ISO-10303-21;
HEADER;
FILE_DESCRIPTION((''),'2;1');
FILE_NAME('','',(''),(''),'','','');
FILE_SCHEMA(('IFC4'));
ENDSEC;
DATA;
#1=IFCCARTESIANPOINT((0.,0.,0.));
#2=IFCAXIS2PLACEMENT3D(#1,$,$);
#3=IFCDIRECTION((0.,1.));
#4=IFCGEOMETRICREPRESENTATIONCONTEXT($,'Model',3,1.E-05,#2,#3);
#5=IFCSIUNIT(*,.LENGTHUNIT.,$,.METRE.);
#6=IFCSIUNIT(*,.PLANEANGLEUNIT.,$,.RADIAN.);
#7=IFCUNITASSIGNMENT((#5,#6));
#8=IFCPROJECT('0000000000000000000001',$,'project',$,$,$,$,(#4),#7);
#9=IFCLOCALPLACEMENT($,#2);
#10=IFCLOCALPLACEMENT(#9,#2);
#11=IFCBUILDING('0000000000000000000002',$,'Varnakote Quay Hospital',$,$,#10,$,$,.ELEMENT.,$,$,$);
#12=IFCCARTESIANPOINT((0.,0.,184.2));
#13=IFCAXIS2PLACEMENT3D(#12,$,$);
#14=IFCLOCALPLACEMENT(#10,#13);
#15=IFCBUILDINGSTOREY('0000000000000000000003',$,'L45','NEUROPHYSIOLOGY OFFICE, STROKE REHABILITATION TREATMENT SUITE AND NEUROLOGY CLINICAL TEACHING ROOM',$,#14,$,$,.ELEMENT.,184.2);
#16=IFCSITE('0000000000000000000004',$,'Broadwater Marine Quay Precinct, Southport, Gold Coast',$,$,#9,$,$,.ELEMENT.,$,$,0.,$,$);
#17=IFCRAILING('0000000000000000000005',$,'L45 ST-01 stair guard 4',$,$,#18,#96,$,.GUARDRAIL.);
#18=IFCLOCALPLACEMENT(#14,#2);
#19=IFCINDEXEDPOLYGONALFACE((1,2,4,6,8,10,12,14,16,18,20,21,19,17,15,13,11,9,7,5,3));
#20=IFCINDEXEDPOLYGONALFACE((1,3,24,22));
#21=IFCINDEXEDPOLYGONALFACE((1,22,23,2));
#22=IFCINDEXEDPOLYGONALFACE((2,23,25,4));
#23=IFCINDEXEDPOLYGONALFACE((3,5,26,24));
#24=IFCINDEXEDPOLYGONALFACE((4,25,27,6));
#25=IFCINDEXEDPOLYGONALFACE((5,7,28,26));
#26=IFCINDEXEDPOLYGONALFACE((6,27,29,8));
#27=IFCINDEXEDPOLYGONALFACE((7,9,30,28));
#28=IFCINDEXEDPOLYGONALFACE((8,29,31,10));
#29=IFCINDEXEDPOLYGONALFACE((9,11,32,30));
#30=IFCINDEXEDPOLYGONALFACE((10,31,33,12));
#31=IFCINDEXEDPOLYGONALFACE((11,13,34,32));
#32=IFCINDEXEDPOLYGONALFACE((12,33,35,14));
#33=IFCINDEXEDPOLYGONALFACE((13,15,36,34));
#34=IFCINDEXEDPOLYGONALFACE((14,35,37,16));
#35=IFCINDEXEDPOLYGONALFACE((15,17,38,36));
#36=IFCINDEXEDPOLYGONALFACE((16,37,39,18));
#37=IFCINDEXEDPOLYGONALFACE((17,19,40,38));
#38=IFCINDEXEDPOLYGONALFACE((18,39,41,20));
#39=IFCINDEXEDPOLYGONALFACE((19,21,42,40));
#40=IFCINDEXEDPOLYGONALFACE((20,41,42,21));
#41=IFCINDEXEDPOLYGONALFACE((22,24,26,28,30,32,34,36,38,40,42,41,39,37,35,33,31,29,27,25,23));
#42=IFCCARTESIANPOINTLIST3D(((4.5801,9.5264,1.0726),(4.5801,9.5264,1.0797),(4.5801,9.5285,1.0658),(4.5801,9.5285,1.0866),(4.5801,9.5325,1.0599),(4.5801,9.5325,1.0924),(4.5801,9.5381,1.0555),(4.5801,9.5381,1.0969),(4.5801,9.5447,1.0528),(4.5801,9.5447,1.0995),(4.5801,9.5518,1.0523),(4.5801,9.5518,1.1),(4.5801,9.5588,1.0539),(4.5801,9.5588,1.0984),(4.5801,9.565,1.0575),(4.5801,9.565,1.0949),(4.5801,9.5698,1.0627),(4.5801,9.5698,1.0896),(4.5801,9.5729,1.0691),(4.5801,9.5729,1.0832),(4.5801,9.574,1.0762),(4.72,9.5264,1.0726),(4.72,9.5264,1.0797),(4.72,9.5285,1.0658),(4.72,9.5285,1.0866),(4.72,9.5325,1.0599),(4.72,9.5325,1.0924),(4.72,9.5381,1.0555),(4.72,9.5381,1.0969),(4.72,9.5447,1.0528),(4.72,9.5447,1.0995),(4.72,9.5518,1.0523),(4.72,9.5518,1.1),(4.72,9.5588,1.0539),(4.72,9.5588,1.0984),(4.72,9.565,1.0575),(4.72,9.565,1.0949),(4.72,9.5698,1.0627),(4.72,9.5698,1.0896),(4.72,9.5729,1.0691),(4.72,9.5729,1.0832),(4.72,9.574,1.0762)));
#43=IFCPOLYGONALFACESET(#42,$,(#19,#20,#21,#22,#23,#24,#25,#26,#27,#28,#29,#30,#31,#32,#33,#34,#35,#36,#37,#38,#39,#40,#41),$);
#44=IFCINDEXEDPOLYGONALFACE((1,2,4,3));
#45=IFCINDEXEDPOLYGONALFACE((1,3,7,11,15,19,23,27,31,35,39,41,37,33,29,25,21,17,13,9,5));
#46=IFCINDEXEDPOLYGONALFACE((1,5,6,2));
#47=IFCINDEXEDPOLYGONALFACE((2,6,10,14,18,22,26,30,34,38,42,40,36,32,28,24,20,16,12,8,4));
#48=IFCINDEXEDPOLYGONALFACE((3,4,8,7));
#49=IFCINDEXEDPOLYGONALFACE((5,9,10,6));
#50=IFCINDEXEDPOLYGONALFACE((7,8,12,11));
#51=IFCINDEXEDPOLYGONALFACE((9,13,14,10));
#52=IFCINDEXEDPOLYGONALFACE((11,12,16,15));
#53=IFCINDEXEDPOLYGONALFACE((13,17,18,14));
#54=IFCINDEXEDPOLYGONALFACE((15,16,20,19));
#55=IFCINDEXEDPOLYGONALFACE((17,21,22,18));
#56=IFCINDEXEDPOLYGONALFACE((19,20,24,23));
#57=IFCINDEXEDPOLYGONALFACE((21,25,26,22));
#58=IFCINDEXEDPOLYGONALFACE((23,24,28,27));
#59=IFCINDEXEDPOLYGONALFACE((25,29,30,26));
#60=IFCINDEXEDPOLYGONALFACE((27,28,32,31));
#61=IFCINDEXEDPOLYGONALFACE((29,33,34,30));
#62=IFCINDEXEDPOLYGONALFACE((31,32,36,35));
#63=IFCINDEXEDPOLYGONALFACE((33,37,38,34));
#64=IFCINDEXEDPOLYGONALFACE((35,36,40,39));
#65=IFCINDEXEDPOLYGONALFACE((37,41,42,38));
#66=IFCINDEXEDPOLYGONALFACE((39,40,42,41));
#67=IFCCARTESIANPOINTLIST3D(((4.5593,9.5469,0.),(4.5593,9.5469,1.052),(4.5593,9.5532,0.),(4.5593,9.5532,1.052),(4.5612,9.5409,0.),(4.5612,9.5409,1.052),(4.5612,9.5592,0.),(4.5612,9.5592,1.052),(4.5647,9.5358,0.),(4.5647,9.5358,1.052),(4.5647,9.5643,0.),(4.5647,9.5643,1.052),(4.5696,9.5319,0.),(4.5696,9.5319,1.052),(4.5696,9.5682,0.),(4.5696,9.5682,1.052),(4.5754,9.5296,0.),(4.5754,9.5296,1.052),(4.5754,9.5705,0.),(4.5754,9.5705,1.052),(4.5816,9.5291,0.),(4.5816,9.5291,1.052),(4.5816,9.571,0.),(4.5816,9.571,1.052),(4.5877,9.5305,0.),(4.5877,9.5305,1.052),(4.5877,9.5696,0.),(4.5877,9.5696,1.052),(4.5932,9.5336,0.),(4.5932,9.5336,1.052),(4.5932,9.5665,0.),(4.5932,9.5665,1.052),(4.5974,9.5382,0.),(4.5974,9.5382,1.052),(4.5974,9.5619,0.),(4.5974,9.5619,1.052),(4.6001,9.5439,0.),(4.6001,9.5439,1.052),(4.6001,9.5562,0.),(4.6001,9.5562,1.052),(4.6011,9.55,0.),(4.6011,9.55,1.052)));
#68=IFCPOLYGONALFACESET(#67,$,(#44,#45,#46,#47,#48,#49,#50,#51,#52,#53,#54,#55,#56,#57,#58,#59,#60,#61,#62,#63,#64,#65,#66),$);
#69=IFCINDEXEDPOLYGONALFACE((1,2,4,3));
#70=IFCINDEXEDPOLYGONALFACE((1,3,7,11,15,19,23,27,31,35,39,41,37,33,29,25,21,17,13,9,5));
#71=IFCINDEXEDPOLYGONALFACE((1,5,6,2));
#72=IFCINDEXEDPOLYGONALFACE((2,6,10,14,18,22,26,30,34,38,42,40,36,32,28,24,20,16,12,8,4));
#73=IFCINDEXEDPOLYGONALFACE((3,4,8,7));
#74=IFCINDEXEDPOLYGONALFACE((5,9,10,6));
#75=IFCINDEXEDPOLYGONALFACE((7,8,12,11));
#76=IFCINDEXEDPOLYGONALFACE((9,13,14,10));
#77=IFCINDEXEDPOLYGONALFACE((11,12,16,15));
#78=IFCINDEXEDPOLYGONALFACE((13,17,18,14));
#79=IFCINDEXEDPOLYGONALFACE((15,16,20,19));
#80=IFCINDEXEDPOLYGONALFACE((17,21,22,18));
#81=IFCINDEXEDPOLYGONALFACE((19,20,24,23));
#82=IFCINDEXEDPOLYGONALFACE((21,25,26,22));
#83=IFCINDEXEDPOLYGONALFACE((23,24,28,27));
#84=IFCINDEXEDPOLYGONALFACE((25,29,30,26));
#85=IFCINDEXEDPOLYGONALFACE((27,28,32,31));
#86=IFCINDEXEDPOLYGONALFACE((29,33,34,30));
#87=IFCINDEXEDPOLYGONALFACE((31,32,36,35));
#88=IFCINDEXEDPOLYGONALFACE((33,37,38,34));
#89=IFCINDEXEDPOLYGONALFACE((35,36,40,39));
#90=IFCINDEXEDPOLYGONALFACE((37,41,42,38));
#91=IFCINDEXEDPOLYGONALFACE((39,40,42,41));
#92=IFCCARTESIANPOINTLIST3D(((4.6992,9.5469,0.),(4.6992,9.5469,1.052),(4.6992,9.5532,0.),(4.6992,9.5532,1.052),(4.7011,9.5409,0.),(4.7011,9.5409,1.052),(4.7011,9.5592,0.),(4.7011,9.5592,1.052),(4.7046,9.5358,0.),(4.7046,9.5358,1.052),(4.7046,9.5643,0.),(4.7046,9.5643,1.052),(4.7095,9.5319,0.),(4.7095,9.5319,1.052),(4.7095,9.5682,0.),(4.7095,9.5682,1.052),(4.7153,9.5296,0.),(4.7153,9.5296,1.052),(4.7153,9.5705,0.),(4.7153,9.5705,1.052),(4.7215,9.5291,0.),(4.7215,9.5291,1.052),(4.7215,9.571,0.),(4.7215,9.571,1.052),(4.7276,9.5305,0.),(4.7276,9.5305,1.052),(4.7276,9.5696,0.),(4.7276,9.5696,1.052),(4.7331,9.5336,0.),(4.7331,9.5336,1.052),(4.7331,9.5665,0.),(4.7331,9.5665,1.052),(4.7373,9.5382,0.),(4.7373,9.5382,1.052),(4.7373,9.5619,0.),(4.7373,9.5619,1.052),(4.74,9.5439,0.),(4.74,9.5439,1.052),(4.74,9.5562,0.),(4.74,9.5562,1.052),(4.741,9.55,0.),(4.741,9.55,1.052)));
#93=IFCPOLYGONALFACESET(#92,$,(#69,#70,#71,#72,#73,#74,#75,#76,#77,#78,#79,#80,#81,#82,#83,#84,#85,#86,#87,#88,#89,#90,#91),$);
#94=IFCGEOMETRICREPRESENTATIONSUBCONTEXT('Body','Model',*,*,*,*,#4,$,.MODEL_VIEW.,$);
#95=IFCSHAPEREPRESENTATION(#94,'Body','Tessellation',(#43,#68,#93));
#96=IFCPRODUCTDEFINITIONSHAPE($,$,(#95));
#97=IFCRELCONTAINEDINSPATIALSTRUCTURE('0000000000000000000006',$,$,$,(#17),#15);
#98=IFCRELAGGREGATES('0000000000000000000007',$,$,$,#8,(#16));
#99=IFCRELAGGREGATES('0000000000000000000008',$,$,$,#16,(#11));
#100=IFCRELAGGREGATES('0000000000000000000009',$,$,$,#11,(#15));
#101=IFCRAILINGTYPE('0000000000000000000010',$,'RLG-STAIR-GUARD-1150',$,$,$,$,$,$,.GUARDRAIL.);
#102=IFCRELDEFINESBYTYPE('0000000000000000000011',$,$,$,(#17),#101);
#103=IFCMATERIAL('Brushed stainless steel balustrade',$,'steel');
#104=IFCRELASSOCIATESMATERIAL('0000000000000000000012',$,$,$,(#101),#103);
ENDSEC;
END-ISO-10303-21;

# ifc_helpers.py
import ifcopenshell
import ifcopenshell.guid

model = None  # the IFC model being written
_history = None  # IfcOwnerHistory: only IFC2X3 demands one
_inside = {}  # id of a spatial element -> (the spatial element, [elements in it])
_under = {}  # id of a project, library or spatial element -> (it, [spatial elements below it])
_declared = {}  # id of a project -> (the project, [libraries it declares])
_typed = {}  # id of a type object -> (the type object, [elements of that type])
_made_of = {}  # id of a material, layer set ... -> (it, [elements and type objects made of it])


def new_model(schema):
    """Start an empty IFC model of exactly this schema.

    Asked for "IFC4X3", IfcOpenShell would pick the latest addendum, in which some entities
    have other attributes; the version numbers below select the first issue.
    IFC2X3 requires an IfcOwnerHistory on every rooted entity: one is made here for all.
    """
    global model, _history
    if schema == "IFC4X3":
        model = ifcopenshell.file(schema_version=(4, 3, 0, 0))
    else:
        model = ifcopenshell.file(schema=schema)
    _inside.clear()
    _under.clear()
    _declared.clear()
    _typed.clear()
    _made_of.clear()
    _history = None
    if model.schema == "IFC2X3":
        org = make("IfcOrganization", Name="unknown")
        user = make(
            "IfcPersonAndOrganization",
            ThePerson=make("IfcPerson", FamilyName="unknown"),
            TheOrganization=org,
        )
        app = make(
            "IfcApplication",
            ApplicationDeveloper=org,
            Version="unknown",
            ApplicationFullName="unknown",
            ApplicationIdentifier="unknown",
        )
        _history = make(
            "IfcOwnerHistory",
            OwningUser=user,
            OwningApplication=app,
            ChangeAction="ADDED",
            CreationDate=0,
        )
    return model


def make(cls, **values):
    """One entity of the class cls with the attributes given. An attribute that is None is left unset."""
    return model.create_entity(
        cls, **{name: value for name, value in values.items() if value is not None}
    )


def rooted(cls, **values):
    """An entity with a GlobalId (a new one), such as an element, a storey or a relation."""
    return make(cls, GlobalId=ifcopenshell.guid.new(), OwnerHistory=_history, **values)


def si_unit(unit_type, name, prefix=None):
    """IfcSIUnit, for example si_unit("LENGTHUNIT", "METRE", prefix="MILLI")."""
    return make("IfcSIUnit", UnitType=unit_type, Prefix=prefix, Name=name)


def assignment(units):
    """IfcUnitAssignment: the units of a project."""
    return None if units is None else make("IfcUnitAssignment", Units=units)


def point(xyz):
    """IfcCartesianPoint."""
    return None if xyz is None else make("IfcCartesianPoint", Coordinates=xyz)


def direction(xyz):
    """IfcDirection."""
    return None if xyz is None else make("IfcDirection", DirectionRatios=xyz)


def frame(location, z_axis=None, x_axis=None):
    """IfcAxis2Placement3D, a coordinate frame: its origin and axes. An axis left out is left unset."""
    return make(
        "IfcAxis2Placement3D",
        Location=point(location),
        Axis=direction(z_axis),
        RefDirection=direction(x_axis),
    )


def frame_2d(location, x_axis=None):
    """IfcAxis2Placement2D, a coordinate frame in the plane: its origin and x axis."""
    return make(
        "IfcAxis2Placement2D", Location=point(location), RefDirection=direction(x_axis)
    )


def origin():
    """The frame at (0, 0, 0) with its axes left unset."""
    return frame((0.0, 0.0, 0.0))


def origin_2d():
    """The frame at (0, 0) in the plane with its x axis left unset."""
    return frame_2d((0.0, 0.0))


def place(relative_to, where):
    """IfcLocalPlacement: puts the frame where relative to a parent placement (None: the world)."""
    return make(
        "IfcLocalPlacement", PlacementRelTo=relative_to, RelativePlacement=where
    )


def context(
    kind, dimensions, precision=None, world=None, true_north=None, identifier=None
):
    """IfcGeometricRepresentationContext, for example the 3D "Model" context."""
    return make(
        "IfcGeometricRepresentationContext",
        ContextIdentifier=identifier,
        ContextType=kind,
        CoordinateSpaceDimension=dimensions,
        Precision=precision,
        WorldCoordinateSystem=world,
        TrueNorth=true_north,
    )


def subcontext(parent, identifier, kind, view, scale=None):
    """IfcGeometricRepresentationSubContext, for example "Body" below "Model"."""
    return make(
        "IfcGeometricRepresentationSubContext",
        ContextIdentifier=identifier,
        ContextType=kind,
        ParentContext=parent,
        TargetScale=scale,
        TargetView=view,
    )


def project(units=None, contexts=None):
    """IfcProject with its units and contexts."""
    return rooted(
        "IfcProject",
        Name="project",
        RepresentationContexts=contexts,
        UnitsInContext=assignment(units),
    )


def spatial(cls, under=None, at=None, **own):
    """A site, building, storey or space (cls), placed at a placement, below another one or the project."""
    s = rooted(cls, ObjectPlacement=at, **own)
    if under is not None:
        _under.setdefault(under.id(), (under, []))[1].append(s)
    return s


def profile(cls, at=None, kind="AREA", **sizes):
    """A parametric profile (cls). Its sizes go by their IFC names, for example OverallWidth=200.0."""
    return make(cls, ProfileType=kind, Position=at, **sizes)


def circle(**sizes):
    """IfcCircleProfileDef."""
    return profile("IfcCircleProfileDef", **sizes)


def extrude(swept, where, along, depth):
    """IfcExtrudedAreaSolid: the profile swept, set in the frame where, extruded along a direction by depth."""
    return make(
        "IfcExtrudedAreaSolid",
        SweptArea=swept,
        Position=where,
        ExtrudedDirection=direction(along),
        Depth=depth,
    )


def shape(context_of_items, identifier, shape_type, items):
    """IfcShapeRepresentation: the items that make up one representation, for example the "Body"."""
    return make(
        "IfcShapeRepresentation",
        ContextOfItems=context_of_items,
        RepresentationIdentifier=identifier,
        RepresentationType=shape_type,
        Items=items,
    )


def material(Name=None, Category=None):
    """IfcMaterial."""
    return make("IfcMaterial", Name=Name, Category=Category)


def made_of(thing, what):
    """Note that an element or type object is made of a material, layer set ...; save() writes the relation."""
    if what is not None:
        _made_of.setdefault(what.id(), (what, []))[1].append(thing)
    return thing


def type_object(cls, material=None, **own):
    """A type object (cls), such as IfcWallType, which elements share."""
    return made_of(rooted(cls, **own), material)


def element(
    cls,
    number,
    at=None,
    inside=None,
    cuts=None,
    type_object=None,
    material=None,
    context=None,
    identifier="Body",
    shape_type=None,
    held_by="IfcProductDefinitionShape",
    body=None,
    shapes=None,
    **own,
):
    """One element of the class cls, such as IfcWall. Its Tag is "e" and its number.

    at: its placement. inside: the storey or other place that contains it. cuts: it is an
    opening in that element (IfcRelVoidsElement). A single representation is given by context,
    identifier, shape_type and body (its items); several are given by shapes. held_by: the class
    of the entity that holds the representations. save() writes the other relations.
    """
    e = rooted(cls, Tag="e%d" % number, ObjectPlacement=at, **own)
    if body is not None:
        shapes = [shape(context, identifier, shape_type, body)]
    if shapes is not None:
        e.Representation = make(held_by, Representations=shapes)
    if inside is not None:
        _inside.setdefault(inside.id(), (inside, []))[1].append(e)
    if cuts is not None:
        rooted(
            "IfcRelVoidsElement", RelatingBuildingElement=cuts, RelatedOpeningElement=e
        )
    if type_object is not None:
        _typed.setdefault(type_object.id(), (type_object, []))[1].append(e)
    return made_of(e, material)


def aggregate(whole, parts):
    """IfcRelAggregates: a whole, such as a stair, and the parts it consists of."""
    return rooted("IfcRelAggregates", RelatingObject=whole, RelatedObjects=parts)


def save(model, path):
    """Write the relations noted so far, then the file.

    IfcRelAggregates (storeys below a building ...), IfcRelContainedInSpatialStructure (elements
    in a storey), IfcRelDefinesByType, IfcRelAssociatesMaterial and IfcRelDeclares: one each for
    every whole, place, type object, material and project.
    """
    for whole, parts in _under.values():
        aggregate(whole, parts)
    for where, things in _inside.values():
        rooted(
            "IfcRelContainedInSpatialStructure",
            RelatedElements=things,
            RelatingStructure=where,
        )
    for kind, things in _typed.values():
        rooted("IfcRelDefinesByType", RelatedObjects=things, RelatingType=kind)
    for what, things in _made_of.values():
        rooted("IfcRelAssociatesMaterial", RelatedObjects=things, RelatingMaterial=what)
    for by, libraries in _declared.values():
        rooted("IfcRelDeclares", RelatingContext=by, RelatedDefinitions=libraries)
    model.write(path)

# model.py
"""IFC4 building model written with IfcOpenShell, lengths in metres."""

from ifc_helpers import new_model, si_unit, direction, frame, origin, origin_2d, place, context, subcontext, project, spatial, circle, extrude, material, type_object, element, save


model = new_model("IFC4")

# Units and contexts
model_context = context("Model", 3, precision=1e-05, world=origin(), true_north=direction((0.0, 1.0)))
body_context = subcontext(model_context, "Body", "Model", "MODEL_VIEW")
ifc_project = project(units=[si_unit("LENGTHUNIT", "METRE"), si_unit("PLANEANGLEUNIT", "RADIAN")], contexts=[model_context])

# Site, building, storey
site_placement = place(None, origin())
site = spatial("IfcSite", under=ifc_project, at=site_placement, Name="Broadwater Marine Quay Precinct, Southport, Gold Coast", CompositionType="ELEMENT", RefElevation=0.0)
building_placement = place(site_placement, origin())
building = spatial("IfcBuilding", under=site, at=building_placement, Name="Varnakote Quay Hospital", CompositionType="ELEMENT")
storey_placement = place(building_placement, frame((0.0, 0.0, 184.2)))
storey = spatial("IfcBuildingStorey", under=building, at=storey_placement, Name="L45", Description="NEUROPHYSIOLOGY OFFICE, STROKE REHABILITATION TREATMENT SUITE AND NEUROLOGY CLINICAL TEACHING ROOM", CompositionType="ELEMENT", Elevation=184.2)

# Railing
ifc_material_1 = material(Name="Brushed stainless steel balustrade", Category="steel")
railing_type_1 = type_object("IfcRailingType", Name="RLG-STAIR-GUARD-1150", PredefinedType="GUARDRAIL", material=ifc_material_1)
railing_1_placement = place(storey_placement, frame((4.5801, 9.55, 0.0)))
element("IfcRailing", 1, at=railing_1_placement, inside=storey, type_object=railing_type_1, Name="L45 ST-01 stair guard 4", PredefinedType="GUARDRAIL", context=body_context, shape_type="SweptSolid", body=[
    extrude(circle(Radius=0.0239, at=origin_2d()), frame((0.0, 0.0, 1.0762), z_axis=(1.0, 0.0, 0.0), x_axis=(0.0, 1.0, 0.0)), (0.0, 0.0, 1.0), 0.1399),
    extrude(circle(Radius=0.021, at=origin_2d()), origin(), (0.0, 0.0, 1.0), 1.052),
    extrude(circle(Radius=0.021, at=origin_2d()), frame((0.1399, 0.0, 0.0)), (0.0, 0.0, 1.0), 1.052),
])

save(model, "model.ifc")
